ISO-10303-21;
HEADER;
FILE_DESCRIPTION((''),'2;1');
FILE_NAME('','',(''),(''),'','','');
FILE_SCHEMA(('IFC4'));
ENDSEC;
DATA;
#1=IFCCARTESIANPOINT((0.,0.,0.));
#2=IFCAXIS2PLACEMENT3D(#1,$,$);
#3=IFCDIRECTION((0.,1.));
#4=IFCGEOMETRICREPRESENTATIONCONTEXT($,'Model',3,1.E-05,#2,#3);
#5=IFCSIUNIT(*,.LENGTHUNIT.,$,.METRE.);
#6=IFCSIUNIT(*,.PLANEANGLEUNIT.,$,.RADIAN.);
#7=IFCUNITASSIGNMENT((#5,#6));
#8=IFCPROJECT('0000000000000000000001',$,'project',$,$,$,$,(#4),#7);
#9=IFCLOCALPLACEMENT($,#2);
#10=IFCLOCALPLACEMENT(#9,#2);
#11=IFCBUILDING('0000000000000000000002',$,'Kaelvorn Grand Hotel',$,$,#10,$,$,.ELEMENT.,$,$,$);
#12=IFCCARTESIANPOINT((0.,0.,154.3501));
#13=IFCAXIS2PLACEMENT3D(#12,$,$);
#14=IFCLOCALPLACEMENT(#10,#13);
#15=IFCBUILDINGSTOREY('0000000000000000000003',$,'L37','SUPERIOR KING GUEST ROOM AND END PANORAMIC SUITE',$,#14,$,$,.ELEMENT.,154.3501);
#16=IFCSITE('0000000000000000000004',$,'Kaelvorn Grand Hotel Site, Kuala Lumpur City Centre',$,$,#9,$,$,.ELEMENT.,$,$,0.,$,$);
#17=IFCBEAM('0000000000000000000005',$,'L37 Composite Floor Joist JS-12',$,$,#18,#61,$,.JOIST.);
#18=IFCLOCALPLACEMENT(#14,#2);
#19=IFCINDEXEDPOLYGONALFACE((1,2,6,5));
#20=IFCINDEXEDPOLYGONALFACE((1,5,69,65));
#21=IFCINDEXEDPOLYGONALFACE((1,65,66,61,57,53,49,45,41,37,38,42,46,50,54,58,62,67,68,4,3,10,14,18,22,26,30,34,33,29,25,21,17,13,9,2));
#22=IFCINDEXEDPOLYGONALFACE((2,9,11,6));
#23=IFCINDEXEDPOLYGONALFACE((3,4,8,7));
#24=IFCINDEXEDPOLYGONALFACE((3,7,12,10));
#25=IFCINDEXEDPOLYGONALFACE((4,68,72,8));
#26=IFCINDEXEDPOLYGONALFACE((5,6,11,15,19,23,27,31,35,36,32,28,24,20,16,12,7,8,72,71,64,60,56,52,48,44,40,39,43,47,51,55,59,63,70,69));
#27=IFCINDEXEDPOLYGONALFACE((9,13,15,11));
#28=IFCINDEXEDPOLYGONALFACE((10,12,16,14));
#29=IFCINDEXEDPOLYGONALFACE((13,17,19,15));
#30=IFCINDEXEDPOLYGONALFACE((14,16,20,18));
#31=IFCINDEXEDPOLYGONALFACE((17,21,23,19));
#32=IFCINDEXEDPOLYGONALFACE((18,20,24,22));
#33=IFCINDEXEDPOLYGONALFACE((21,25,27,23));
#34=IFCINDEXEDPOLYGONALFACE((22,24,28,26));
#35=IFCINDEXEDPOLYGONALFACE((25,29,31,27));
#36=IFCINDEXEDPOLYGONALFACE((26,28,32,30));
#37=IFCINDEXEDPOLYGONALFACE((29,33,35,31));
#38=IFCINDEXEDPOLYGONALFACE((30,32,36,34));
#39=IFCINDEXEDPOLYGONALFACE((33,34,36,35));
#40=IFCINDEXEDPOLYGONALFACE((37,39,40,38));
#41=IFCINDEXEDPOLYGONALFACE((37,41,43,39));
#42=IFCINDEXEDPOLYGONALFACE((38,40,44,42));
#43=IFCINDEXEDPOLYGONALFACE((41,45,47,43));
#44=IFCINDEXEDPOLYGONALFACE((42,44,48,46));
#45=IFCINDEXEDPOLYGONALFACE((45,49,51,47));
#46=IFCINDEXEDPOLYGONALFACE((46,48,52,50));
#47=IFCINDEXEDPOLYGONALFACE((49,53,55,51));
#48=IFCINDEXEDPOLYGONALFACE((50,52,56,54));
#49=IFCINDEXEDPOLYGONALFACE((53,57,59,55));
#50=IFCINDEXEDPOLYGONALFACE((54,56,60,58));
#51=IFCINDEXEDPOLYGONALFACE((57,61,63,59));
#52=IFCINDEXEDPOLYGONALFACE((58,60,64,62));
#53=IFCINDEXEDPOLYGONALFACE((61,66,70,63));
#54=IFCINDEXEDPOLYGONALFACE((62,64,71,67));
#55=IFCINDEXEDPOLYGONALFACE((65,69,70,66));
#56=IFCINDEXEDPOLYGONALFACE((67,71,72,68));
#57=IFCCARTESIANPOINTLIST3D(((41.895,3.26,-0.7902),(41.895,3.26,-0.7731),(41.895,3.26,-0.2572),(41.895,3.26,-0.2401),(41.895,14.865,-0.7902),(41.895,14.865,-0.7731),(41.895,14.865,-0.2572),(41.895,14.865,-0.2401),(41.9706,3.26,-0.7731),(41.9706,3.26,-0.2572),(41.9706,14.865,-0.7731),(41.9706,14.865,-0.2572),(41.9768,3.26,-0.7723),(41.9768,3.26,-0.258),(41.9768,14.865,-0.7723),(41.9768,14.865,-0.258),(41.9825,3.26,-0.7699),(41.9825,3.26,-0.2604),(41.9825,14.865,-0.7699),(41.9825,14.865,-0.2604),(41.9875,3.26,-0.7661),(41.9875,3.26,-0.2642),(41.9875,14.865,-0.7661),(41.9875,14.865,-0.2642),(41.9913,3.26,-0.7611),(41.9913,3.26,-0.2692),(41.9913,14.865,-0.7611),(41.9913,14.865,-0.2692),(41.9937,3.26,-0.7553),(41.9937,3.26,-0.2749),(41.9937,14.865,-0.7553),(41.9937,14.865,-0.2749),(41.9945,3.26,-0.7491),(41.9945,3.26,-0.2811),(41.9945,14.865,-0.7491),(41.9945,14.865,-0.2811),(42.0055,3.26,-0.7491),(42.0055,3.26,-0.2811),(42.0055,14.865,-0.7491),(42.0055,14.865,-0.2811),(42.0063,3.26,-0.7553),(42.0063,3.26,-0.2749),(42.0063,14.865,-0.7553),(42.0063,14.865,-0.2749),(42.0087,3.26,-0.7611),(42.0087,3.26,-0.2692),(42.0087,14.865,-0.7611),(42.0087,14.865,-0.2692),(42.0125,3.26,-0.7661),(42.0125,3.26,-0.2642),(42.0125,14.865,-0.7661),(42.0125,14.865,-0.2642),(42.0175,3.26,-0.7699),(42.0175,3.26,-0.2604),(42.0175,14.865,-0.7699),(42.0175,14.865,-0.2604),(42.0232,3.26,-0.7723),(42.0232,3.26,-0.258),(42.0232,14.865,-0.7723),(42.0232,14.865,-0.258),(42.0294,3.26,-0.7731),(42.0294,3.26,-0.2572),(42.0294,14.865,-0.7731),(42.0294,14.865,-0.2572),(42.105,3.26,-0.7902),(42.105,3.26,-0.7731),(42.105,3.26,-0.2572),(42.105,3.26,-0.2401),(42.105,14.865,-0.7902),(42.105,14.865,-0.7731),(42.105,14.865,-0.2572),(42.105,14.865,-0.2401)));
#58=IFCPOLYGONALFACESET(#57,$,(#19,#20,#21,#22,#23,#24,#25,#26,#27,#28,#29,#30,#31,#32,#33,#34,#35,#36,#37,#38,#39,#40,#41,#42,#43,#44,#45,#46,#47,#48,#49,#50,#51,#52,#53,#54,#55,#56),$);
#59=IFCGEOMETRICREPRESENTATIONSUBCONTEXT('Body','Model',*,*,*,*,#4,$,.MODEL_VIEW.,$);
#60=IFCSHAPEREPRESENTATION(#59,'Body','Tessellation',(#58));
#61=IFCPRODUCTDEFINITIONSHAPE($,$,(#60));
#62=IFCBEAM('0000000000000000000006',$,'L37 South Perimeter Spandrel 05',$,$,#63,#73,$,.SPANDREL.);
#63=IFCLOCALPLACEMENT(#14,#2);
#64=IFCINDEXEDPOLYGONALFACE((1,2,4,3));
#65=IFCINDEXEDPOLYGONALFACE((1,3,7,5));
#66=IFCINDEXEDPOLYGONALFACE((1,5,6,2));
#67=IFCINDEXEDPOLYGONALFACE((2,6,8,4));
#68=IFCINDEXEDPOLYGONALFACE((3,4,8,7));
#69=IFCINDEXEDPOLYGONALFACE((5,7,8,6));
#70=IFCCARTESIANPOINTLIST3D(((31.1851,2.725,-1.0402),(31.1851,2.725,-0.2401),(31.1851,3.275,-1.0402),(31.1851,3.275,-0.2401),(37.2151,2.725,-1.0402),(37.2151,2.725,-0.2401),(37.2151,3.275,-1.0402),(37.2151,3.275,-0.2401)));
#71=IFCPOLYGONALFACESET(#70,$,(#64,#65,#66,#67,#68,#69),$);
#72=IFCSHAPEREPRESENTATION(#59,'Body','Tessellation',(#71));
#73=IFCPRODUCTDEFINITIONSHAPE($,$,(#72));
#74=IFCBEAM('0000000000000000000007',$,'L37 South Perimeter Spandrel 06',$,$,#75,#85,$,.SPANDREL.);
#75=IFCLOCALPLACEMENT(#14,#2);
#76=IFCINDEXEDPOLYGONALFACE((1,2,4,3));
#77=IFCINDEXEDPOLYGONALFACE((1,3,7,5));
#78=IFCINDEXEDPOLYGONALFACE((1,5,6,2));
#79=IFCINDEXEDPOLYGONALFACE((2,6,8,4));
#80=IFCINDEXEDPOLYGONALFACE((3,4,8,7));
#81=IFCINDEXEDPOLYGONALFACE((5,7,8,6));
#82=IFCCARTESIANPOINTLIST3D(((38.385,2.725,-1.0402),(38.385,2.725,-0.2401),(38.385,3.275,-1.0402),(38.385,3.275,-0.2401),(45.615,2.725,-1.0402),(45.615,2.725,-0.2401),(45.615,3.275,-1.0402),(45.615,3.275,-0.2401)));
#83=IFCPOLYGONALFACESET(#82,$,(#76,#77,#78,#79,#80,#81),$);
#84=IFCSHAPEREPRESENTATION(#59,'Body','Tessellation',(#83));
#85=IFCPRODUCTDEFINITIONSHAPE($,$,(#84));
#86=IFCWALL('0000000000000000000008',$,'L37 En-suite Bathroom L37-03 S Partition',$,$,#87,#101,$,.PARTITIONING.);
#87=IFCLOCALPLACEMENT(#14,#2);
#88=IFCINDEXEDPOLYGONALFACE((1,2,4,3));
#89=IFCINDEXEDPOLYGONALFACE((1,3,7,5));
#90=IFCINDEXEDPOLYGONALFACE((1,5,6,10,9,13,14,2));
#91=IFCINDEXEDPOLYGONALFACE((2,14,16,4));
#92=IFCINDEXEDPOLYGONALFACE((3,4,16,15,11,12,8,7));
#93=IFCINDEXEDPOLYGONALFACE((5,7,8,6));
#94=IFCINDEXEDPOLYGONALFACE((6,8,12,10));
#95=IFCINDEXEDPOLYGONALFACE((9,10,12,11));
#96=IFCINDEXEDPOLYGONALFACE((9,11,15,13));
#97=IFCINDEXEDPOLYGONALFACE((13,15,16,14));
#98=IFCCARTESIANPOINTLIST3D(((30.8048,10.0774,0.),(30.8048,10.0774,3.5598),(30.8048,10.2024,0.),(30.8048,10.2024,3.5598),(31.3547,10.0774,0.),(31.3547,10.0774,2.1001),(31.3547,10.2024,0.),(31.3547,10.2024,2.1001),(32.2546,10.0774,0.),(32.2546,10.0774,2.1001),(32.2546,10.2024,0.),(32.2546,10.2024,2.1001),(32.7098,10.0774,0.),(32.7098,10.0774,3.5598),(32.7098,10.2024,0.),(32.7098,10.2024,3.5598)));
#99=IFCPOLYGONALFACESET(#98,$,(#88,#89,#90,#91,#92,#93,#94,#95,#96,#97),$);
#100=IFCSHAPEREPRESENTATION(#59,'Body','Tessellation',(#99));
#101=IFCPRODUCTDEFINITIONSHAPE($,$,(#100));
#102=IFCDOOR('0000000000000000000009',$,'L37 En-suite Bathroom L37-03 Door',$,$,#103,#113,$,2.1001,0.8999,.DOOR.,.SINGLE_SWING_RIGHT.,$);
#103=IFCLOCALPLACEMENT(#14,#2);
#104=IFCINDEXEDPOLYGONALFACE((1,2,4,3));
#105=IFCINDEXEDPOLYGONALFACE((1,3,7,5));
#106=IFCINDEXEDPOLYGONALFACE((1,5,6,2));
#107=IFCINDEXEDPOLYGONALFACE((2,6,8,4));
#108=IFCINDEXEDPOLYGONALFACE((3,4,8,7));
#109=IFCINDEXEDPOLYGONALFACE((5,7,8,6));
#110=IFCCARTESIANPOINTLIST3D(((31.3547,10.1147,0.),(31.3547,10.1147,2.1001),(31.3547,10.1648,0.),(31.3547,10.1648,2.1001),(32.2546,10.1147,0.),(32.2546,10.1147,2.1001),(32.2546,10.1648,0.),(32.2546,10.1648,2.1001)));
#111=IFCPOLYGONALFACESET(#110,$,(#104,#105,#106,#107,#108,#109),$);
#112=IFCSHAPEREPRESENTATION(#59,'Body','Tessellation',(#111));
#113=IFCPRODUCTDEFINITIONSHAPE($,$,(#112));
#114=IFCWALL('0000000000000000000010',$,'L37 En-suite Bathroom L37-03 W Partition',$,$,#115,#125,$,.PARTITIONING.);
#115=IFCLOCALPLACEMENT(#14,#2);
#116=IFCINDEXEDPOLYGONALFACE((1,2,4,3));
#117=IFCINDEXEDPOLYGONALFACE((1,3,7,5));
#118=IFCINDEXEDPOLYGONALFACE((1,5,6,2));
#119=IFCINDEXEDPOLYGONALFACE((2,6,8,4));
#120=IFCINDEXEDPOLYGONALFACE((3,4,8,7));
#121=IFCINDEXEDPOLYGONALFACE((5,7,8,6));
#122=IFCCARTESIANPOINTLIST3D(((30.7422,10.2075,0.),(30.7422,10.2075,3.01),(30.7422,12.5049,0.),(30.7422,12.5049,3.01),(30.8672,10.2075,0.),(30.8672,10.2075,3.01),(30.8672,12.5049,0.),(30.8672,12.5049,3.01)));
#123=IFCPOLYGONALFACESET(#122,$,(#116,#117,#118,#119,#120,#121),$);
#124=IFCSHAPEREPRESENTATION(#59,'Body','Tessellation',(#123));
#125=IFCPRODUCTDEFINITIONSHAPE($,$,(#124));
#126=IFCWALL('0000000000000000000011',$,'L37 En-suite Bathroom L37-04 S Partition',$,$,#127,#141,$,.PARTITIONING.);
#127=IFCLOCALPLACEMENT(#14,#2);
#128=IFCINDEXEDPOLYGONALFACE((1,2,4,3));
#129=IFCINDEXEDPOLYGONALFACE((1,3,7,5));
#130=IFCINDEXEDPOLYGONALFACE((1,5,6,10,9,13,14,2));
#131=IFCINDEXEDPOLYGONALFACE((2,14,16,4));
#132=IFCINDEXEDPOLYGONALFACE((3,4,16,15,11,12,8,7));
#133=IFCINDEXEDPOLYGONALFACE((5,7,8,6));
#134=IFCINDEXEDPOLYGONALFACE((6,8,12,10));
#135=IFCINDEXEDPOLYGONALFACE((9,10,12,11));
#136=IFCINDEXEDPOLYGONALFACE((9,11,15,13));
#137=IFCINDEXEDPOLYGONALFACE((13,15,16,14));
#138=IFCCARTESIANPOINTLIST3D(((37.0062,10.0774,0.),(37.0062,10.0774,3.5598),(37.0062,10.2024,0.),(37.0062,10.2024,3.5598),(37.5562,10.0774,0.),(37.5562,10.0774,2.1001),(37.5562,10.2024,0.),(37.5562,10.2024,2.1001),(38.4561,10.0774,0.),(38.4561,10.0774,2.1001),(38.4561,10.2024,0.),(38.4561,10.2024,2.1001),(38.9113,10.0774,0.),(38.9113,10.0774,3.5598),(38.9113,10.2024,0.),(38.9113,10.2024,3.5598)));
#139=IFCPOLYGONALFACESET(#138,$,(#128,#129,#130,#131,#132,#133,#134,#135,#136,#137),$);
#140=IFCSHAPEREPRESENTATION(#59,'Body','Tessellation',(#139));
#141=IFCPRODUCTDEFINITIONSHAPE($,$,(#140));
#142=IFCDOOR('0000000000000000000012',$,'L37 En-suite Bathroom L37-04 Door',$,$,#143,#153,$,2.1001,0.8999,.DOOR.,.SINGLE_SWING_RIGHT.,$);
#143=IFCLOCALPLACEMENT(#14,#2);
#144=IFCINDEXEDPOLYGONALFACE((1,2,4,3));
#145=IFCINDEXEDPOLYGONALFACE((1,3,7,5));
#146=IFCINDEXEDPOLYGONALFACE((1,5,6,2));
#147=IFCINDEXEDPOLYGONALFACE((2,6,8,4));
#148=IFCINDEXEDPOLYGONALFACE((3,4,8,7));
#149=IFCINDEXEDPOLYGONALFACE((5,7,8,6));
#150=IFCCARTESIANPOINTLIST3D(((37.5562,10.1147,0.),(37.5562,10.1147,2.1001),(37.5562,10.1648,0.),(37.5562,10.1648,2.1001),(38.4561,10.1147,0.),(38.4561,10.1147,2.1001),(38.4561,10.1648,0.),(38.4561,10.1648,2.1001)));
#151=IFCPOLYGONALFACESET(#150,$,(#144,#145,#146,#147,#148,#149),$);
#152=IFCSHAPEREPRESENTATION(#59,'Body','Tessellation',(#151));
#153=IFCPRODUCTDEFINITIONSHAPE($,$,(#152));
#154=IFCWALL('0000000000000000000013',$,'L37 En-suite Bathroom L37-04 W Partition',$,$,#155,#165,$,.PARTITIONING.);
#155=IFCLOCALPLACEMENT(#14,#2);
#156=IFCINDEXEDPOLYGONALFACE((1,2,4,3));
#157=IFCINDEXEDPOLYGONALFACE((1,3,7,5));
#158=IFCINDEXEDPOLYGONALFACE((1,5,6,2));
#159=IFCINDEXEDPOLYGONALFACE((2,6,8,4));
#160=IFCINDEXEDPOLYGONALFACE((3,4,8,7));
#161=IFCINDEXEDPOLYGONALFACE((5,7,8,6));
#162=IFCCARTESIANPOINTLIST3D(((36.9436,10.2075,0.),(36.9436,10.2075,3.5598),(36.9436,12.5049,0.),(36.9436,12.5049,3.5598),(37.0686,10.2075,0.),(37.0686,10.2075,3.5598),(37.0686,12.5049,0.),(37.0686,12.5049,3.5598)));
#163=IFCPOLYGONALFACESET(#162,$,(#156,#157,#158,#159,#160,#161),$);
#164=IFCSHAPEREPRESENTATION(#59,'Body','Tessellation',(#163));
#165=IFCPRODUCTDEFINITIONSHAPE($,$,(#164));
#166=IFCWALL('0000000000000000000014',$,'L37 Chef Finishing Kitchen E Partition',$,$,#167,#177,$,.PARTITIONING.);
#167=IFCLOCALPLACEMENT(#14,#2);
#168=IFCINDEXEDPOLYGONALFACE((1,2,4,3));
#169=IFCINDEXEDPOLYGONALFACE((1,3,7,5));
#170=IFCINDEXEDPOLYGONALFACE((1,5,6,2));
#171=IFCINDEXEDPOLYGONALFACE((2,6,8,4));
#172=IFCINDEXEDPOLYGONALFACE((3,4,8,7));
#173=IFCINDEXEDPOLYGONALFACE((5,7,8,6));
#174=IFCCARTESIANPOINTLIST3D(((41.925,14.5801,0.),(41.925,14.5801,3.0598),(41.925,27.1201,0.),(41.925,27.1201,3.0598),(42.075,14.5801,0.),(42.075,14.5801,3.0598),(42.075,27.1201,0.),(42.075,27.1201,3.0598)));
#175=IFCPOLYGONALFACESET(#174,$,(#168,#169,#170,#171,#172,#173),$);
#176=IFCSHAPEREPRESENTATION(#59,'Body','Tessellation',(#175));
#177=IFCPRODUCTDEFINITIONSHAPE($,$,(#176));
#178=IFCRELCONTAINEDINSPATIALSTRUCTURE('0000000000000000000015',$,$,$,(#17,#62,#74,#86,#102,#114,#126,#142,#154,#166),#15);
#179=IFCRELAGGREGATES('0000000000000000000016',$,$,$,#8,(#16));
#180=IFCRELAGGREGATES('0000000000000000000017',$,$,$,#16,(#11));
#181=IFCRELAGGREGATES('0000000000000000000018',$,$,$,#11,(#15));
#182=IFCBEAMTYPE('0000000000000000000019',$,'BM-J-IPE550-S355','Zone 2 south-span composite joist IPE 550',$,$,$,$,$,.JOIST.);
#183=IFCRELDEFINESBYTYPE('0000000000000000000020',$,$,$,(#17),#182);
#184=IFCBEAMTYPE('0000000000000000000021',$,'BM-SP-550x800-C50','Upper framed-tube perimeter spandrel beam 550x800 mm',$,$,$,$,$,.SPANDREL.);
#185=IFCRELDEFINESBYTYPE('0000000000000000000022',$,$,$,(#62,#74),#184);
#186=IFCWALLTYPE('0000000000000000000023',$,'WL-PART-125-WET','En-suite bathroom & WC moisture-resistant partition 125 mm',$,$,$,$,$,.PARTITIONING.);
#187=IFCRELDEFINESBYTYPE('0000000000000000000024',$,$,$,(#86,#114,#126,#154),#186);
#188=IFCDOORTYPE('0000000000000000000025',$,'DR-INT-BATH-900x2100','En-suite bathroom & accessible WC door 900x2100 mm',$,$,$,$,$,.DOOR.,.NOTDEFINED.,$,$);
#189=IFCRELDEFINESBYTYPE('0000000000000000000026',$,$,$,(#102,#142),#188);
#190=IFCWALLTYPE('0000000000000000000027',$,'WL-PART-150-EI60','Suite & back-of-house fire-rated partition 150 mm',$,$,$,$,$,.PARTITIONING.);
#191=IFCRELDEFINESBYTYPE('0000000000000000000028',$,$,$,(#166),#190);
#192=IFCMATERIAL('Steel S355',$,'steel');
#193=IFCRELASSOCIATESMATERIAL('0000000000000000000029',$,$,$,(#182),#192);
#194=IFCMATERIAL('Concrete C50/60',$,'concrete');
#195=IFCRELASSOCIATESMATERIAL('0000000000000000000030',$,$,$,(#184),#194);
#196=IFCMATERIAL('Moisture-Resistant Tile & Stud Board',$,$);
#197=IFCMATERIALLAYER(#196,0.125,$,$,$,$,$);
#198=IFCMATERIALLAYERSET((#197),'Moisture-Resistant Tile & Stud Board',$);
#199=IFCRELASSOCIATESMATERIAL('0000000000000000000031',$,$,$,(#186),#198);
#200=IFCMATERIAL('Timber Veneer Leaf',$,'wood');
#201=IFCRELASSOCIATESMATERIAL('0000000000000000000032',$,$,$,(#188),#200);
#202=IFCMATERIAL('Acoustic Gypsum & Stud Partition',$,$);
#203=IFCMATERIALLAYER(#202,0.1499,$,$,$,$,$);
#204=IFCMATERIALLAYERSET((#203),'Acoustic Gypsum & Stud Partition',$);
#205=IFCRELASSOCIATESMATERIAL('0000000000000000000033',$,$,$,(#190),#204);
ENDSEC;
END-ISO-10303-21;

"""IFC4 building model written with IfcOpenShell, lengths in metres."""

from ifc_helpers import new_model, si_unit, direction, frame, frame_2d, origin, origin_2d, place, context, subcontext, project, spatial, rectangle, i_section, extrude, material, layer, layer_set, material_profile, profile_set, type_object, element, fill, save


model = new_model("IFC4")

# Units and contexts
model_context = context("Model", 3, precision=1e-05, world=origin(), true_north=direction((0.0, 1.0)))
body_context = subcontext(model_context, "Body", "Model", "MODEL_VIEW")
ifc_project = project(units=[si_unit("LENGTHUNIT", "METRE"), si_unit("PLANEANGLEUNIT", "RADIAN")], contexts=[model_context])

# Site, building, storey
site_placement = place(None, origin())
site = spatial("IfcSite", under=ifc_project, at=site_placement, Name="Kaelvorn Grand Hotel Site, Kuala Lumpur City Centre", CompositionType="ELEMENT", RefElevation=0.0)
building_placement = place(site_placement, origin())
building = spatial("IfcBuilding", under=site, at=building_placement, Name="Kaelvorn Grand Hotel", CompositionType="ELEMENT")
storey_placement = place(building_placement, frame((0.0, 0.0, 154.3501)))
storey = spatial("IfcBuildingStorey", under=building, at=storey_placement, Name="L37", Description="SUPERIOR KING GUEST ROOM AND END PANORAMIC SUITE", CompositionType="ELEMENT", Elevation=154.3501)

# Beams
ifc_material_1 = material(Name="Steel S355", Category="steel")
ifc_material_profile_1 = material_profile(ifc_material_1, i_section(OverallWidth=0.21, OverallDepth=0.55, WebThickness=0.011, FlangeThickness=0.0171, FilletRadius=0.0239, at=origin_2d()), Name="IPE 550")
ifc_profile_set_1 = profile_set([ifc_material_profile_1], Name="Steel S355")
beam_type_1 = type_object("IfcBeamType", Name="BM-J-IPE550-S355", Description="Zone 2 south-span composite joist IPE 550", PredefinedType="JOIST", material=ifc_profile_set_1)
beam_1_placement = place(storey_placement, frame((42.0, 3.26, -0.5151), z_axis=(0.0, 1.0, 0.0), x_axis=(-1.0, 0.0, 0.0)))
element("IfcBeam", 1, at=beam_1_placement, inside=storey, type_object=beam_type_1, Name="L37 Composite Floor Joist JS-12", PredefinedType="JOIST", context=body_context, shape_type="SweptSolid", body=[
    extrude(i_section(OverallWidth=0.21, OverallDepth=0.55, WebThickness=0.011, FlangeThickness=0.0171, FilletRadius=0.0239, at=origin_2d()), origin(), (0.0, 0.0, 1.0), 11.605),
])
ifc_material_2 = material(Name="Concrete C50/60", Category="concrete")
ifc_material_profile_2 = material_profile(ifc_material_2, rectangle(XDim=0.55, YDim=0.8, at=origin_2d()), Name="RC SPANDREL 550x800")
ifc_profile_set_2 = profile_set([ifc_material_profile_2], Name="Concrete C50/60")
beam_type_2 = type_object("IfcBeamType", Name="BM-SP-550x800-C50", Description="Upper framed-tube perimeter spandrel beam 550x800 mm", PredefinedType="SPANDREL", material=ifc_profile_set_2)
beam_2_placement = place(storey_placement, frame((31.1851, 3.0, -0.6401), z_axis=(1.0, 0.0, 0.0), x_axis=(0.0, 1.0, 0.0)))
element("IfcBeam", 2, at=beam_2_placement, inside=storey, type_object=beam_type_2, Name="L37 South Perimeter Spandrel 05", PredefinedType="SPANDREL", context=body_context, shape_type="SweptSolid", body=[
    extrude(rectangle(XDim=0.55, YDim=0.8, at=origin_2d()), origin(), (0.0, 0.0, 1.0), 6.03),
])
beam_3_placement = place(storey_placement, frame((38.385, 3.0, -0.6401), z_axis=(1.0, 0.0, 0.0), x_axis=(0.0, 1.0, 0.0)))
element("IfcBeam", 3, at=beam_3_placement, inside=storey, type_object=beam_type_2, Name="L37 South Perimeter Spandrel 06", PredefinedType="SPANDREL", context=body_context, shape_type="SweptSolid", body=[
    extrude(rectangle(XDim=0.55, YDim=0.8, at=origin_2d()), origin(), (0.0, 0.0, 1.0), 7.23),
])

# Wall, opening, door
ifc_material_3 = material(Name="Moisture-Resistant Tile & Stud Board")
ifc_layer_1 = layer(ifc_material_3, 0.125)
ifc_layer_set_1 = layer_set([ifc_layer_1], Name="Moisture-Resistant Tile & Stud Board")
wall_type_1 = type_object("IfcWallType", Name="WL-PART-125-WET", Description="En-suite bathroom & WC moisture-resistant partition 125 mm", PredefinedType="PARTITIONING", material=ifc_layer_set_1)
wall_1_placement = place(storey_placement, frame((30.8047, 10.1399, 0.0), z_axis=(0.0, 0.0, 1.0), x_axis=(1.0, 0.0, 0.0)))
wall_1 = element("IfcWall", 4, at=wall_1_placement, inside=storey, type_object=wall_type_1, Name="L37 En-suite Bathroom L37-03 S Partition", PredefinedType="PARTITIONING", context=body_context, shape_type="SweptSolid", body=[
    extrude(rectangle(XDim=1.905, YDim=0.125, at=frame_2d((0.9526, 0.0))), origin(), (0.0, 0.0, 1.0), 3.5598),
])
opening_1_placement = place(wall_1_placement, frame((0.55, 0.0, 0.0)))
opening_1 = element("IfcOpeningElement", 5, at=opening_1_placement, cuts=wall_1, PredefinedType="OPENING", context=body_context, shape_type="SweptSolid", body=[
    extrude(rectangle(XDim=0.8999, YDim=2.1001, at=frame_2d((0.45, 1.05))), frame((0.0, 0.0725, 0.0), z_axis=(0.0, -1.0, 0.0), x_axis=(1.0, 0.0, 0.0)), (0.0, 0.0, 1.0), 0.145),
])
ifc_material_4 = material(Name="Timber Veneer Leaf", Category="wood")
door_type_1 = type_object("IfcDoorType", Name="DR-INT-BATH-900x2100", Description="En-suite bathroom & accessible WC door 900x2100 mm", OperationType="NOTDEFINED", PredefinedType="DOOR", material=ifc_material_4)
door_1_placement = place(opening_1_placement, origin())
door_1 = element("IfcDoor", 6, at=door_1_placement, inside=storey, type_object=door_type_1, Name="L37 En-suite Bathroom L37-03 Door", OperationType="SINGLE_SWING_RIGHT", OverallHeight=2.1001, OverallWidth=0.8999, PredefinedType="DOOR", context=body_context, shape_type="SweptSolid", body=[
    extrude(rectangle(XDim=0.8999, YDim=2.1001, at=frame_2d((0.45, 1.05))), frame((0.0, 0.0249, 0.0), z_axis=(0.0, -1.0, 0.0), x_axis=(1.0, 0.0, 0.0)), (0.0, 0.0, 1.0), 0.05),
])
fill(opening_1, door_1)

# Wall
wall_2_placement = place(storey_placement, frame((30.8047, 10.2075, 0.0), z_axis=(0.0, 0.0, 1.0), x_axis=(0.0, 1.0, 0.0)))
element("IfcWall", 7, at=wall_2_placement, inside=storey, type_object=wall_type_1, Name="L37 En-suite Bathroom L37-03 W Partition", PredefinedType="PARTITIONING", context=body_context, shape_type="SweptSolid", body=[
    extrude(rectangle(XDim=2.2974, YDim=0.125, at=frame_2d((1.1487, 0.0))), origin(), (0.0, 0.0, 1.0), 3.01),
])

# Wall, opening, door
wall_3_placement = place(storey_placement, frame((37.0061, 10.1399, 0.0), z_axis=(0.0, 0.0, 1.0), x_axis=(1.0, 0.0, 0.0)))
wall_3 = element("IfcWall", 8, at=wall_3_placement, inside=storey, type_object=wall_type_1, Name="L37 En-suite Bathroom L37-04 S Partition", PredefinedType="PARTITIONING", context=body_context, shape_type="SweptSolid", body=[
    extrude(rectangle(XDim=1.905, YDim=0.125, at=frame_2d((0.9526, 0.0))), origin(), (0.0, 0.0, 1.0), 3.5598),
])
opening_2_placement = place(wall_3_placement, frame((0.55, 0.0, 0.0)))
opening_2 = element("IfcOpeningElement", 9, at=opening_2_placement, cuts=wall_3, PredefinedType="OPENING", context=body_context, shape_type="SweptSolid", body=[
    extrude(rectangle(XDim=0.8999, YDim=2.1001, at=frame_2d((0.45, 1.05))), frame((0.0, 0.0725, 0.0), z_axis=(0.0, -1.0, 0.0), x_axis=(1.0, 0.0, 0.0)), (0.0, 0.0, 1.0), 0.145),
])
door_2_placement = place(opening_2_placement, origin())
door_2 = element("IfcDoor", 10, at=door_2_placement, inside=storey, type_object=door_type_1, Name="L37 En-suite Bathroom L37-04 Door", OperationType="SINGLE_SWING_RIGHT", OverallHeight=2.1001, OverallWidth=0.8999, PredefinedType="DOOR", context=body_context, shape_type="SweptSolid", body=[
    extrude(rectangle(XDim=0.8999, YDim=2.1001, at=frame_2d((0.45, 1.05))), frame((0.0, 0.0249, 0.0), z_axis=(0.0, -1.0, 0.0), x_axis=(1.0, 0.0, 0.0)), (0.0, 0.0, 1.0), 0.05),
])
fill(opening_2, door_2)

# Walls
wall_4_placement = place(storey_placement, frame((37.0061, 10.2075, 0.0), z_axis=(0.0, 0.0, 1.0), x_axis=(0.0, 1.0, 0.0)))
element("IfcWall", 11, at=wall_4_placement, inside=storey, type_object=wall_type_1, Name="L37 En-suite Bathroom L37-04 W Partition", PredefinedType="PARTITIONING", context=body_context, shape_type="SweptSolid", body=[
    extrude(rectangle(XDim=2.2974, YDim=0.125, at=frame_2d((1.1487, 0.0))), origin(), (0.0, 0.0, 1.0), 3.5598),
])
ifc_material_5 = material(Name="Acoustic Gypsum & Stud Partition")
ifc_layer_2 = layer(ifc_material_5, 0.1499)
ifc_layer_set_2 = layer_set([ifc_layer_2], Name="Acoustic Gypsum & Stud Partition")
wall_type_2 = type_object("IfcWallType", Name="WL-PART-150-EI60", Description="Suite & back-of-house fire-rated partition 150 mm", PredefinedType="PARTITIONING", material=ifc_layer_set_2)
wall_5_placement = place(storey_placement, frame((42.0, 14.5801, 0.0), z_axis=(0.0, 0.0, 1.0), x_axis=(0.0, 1.0, 0.0)))
element("IfcWall", 12, at=wall_5_placement, inside=storey, type_object=wall_type_2, Name="L37 Chef Finishing Kitchen E Partition", PredefinedType="PARTITIONING", context=body_context, shape_type="SweptSolid", body=[
    extrude(rectangle(XDim=12.54, YDim=0.1499, at=frame_2d((6.27, 0.0))), origin(), (0.0, 0.0, 1.0), 3.0598),
])

save(model, "model.ifc")
